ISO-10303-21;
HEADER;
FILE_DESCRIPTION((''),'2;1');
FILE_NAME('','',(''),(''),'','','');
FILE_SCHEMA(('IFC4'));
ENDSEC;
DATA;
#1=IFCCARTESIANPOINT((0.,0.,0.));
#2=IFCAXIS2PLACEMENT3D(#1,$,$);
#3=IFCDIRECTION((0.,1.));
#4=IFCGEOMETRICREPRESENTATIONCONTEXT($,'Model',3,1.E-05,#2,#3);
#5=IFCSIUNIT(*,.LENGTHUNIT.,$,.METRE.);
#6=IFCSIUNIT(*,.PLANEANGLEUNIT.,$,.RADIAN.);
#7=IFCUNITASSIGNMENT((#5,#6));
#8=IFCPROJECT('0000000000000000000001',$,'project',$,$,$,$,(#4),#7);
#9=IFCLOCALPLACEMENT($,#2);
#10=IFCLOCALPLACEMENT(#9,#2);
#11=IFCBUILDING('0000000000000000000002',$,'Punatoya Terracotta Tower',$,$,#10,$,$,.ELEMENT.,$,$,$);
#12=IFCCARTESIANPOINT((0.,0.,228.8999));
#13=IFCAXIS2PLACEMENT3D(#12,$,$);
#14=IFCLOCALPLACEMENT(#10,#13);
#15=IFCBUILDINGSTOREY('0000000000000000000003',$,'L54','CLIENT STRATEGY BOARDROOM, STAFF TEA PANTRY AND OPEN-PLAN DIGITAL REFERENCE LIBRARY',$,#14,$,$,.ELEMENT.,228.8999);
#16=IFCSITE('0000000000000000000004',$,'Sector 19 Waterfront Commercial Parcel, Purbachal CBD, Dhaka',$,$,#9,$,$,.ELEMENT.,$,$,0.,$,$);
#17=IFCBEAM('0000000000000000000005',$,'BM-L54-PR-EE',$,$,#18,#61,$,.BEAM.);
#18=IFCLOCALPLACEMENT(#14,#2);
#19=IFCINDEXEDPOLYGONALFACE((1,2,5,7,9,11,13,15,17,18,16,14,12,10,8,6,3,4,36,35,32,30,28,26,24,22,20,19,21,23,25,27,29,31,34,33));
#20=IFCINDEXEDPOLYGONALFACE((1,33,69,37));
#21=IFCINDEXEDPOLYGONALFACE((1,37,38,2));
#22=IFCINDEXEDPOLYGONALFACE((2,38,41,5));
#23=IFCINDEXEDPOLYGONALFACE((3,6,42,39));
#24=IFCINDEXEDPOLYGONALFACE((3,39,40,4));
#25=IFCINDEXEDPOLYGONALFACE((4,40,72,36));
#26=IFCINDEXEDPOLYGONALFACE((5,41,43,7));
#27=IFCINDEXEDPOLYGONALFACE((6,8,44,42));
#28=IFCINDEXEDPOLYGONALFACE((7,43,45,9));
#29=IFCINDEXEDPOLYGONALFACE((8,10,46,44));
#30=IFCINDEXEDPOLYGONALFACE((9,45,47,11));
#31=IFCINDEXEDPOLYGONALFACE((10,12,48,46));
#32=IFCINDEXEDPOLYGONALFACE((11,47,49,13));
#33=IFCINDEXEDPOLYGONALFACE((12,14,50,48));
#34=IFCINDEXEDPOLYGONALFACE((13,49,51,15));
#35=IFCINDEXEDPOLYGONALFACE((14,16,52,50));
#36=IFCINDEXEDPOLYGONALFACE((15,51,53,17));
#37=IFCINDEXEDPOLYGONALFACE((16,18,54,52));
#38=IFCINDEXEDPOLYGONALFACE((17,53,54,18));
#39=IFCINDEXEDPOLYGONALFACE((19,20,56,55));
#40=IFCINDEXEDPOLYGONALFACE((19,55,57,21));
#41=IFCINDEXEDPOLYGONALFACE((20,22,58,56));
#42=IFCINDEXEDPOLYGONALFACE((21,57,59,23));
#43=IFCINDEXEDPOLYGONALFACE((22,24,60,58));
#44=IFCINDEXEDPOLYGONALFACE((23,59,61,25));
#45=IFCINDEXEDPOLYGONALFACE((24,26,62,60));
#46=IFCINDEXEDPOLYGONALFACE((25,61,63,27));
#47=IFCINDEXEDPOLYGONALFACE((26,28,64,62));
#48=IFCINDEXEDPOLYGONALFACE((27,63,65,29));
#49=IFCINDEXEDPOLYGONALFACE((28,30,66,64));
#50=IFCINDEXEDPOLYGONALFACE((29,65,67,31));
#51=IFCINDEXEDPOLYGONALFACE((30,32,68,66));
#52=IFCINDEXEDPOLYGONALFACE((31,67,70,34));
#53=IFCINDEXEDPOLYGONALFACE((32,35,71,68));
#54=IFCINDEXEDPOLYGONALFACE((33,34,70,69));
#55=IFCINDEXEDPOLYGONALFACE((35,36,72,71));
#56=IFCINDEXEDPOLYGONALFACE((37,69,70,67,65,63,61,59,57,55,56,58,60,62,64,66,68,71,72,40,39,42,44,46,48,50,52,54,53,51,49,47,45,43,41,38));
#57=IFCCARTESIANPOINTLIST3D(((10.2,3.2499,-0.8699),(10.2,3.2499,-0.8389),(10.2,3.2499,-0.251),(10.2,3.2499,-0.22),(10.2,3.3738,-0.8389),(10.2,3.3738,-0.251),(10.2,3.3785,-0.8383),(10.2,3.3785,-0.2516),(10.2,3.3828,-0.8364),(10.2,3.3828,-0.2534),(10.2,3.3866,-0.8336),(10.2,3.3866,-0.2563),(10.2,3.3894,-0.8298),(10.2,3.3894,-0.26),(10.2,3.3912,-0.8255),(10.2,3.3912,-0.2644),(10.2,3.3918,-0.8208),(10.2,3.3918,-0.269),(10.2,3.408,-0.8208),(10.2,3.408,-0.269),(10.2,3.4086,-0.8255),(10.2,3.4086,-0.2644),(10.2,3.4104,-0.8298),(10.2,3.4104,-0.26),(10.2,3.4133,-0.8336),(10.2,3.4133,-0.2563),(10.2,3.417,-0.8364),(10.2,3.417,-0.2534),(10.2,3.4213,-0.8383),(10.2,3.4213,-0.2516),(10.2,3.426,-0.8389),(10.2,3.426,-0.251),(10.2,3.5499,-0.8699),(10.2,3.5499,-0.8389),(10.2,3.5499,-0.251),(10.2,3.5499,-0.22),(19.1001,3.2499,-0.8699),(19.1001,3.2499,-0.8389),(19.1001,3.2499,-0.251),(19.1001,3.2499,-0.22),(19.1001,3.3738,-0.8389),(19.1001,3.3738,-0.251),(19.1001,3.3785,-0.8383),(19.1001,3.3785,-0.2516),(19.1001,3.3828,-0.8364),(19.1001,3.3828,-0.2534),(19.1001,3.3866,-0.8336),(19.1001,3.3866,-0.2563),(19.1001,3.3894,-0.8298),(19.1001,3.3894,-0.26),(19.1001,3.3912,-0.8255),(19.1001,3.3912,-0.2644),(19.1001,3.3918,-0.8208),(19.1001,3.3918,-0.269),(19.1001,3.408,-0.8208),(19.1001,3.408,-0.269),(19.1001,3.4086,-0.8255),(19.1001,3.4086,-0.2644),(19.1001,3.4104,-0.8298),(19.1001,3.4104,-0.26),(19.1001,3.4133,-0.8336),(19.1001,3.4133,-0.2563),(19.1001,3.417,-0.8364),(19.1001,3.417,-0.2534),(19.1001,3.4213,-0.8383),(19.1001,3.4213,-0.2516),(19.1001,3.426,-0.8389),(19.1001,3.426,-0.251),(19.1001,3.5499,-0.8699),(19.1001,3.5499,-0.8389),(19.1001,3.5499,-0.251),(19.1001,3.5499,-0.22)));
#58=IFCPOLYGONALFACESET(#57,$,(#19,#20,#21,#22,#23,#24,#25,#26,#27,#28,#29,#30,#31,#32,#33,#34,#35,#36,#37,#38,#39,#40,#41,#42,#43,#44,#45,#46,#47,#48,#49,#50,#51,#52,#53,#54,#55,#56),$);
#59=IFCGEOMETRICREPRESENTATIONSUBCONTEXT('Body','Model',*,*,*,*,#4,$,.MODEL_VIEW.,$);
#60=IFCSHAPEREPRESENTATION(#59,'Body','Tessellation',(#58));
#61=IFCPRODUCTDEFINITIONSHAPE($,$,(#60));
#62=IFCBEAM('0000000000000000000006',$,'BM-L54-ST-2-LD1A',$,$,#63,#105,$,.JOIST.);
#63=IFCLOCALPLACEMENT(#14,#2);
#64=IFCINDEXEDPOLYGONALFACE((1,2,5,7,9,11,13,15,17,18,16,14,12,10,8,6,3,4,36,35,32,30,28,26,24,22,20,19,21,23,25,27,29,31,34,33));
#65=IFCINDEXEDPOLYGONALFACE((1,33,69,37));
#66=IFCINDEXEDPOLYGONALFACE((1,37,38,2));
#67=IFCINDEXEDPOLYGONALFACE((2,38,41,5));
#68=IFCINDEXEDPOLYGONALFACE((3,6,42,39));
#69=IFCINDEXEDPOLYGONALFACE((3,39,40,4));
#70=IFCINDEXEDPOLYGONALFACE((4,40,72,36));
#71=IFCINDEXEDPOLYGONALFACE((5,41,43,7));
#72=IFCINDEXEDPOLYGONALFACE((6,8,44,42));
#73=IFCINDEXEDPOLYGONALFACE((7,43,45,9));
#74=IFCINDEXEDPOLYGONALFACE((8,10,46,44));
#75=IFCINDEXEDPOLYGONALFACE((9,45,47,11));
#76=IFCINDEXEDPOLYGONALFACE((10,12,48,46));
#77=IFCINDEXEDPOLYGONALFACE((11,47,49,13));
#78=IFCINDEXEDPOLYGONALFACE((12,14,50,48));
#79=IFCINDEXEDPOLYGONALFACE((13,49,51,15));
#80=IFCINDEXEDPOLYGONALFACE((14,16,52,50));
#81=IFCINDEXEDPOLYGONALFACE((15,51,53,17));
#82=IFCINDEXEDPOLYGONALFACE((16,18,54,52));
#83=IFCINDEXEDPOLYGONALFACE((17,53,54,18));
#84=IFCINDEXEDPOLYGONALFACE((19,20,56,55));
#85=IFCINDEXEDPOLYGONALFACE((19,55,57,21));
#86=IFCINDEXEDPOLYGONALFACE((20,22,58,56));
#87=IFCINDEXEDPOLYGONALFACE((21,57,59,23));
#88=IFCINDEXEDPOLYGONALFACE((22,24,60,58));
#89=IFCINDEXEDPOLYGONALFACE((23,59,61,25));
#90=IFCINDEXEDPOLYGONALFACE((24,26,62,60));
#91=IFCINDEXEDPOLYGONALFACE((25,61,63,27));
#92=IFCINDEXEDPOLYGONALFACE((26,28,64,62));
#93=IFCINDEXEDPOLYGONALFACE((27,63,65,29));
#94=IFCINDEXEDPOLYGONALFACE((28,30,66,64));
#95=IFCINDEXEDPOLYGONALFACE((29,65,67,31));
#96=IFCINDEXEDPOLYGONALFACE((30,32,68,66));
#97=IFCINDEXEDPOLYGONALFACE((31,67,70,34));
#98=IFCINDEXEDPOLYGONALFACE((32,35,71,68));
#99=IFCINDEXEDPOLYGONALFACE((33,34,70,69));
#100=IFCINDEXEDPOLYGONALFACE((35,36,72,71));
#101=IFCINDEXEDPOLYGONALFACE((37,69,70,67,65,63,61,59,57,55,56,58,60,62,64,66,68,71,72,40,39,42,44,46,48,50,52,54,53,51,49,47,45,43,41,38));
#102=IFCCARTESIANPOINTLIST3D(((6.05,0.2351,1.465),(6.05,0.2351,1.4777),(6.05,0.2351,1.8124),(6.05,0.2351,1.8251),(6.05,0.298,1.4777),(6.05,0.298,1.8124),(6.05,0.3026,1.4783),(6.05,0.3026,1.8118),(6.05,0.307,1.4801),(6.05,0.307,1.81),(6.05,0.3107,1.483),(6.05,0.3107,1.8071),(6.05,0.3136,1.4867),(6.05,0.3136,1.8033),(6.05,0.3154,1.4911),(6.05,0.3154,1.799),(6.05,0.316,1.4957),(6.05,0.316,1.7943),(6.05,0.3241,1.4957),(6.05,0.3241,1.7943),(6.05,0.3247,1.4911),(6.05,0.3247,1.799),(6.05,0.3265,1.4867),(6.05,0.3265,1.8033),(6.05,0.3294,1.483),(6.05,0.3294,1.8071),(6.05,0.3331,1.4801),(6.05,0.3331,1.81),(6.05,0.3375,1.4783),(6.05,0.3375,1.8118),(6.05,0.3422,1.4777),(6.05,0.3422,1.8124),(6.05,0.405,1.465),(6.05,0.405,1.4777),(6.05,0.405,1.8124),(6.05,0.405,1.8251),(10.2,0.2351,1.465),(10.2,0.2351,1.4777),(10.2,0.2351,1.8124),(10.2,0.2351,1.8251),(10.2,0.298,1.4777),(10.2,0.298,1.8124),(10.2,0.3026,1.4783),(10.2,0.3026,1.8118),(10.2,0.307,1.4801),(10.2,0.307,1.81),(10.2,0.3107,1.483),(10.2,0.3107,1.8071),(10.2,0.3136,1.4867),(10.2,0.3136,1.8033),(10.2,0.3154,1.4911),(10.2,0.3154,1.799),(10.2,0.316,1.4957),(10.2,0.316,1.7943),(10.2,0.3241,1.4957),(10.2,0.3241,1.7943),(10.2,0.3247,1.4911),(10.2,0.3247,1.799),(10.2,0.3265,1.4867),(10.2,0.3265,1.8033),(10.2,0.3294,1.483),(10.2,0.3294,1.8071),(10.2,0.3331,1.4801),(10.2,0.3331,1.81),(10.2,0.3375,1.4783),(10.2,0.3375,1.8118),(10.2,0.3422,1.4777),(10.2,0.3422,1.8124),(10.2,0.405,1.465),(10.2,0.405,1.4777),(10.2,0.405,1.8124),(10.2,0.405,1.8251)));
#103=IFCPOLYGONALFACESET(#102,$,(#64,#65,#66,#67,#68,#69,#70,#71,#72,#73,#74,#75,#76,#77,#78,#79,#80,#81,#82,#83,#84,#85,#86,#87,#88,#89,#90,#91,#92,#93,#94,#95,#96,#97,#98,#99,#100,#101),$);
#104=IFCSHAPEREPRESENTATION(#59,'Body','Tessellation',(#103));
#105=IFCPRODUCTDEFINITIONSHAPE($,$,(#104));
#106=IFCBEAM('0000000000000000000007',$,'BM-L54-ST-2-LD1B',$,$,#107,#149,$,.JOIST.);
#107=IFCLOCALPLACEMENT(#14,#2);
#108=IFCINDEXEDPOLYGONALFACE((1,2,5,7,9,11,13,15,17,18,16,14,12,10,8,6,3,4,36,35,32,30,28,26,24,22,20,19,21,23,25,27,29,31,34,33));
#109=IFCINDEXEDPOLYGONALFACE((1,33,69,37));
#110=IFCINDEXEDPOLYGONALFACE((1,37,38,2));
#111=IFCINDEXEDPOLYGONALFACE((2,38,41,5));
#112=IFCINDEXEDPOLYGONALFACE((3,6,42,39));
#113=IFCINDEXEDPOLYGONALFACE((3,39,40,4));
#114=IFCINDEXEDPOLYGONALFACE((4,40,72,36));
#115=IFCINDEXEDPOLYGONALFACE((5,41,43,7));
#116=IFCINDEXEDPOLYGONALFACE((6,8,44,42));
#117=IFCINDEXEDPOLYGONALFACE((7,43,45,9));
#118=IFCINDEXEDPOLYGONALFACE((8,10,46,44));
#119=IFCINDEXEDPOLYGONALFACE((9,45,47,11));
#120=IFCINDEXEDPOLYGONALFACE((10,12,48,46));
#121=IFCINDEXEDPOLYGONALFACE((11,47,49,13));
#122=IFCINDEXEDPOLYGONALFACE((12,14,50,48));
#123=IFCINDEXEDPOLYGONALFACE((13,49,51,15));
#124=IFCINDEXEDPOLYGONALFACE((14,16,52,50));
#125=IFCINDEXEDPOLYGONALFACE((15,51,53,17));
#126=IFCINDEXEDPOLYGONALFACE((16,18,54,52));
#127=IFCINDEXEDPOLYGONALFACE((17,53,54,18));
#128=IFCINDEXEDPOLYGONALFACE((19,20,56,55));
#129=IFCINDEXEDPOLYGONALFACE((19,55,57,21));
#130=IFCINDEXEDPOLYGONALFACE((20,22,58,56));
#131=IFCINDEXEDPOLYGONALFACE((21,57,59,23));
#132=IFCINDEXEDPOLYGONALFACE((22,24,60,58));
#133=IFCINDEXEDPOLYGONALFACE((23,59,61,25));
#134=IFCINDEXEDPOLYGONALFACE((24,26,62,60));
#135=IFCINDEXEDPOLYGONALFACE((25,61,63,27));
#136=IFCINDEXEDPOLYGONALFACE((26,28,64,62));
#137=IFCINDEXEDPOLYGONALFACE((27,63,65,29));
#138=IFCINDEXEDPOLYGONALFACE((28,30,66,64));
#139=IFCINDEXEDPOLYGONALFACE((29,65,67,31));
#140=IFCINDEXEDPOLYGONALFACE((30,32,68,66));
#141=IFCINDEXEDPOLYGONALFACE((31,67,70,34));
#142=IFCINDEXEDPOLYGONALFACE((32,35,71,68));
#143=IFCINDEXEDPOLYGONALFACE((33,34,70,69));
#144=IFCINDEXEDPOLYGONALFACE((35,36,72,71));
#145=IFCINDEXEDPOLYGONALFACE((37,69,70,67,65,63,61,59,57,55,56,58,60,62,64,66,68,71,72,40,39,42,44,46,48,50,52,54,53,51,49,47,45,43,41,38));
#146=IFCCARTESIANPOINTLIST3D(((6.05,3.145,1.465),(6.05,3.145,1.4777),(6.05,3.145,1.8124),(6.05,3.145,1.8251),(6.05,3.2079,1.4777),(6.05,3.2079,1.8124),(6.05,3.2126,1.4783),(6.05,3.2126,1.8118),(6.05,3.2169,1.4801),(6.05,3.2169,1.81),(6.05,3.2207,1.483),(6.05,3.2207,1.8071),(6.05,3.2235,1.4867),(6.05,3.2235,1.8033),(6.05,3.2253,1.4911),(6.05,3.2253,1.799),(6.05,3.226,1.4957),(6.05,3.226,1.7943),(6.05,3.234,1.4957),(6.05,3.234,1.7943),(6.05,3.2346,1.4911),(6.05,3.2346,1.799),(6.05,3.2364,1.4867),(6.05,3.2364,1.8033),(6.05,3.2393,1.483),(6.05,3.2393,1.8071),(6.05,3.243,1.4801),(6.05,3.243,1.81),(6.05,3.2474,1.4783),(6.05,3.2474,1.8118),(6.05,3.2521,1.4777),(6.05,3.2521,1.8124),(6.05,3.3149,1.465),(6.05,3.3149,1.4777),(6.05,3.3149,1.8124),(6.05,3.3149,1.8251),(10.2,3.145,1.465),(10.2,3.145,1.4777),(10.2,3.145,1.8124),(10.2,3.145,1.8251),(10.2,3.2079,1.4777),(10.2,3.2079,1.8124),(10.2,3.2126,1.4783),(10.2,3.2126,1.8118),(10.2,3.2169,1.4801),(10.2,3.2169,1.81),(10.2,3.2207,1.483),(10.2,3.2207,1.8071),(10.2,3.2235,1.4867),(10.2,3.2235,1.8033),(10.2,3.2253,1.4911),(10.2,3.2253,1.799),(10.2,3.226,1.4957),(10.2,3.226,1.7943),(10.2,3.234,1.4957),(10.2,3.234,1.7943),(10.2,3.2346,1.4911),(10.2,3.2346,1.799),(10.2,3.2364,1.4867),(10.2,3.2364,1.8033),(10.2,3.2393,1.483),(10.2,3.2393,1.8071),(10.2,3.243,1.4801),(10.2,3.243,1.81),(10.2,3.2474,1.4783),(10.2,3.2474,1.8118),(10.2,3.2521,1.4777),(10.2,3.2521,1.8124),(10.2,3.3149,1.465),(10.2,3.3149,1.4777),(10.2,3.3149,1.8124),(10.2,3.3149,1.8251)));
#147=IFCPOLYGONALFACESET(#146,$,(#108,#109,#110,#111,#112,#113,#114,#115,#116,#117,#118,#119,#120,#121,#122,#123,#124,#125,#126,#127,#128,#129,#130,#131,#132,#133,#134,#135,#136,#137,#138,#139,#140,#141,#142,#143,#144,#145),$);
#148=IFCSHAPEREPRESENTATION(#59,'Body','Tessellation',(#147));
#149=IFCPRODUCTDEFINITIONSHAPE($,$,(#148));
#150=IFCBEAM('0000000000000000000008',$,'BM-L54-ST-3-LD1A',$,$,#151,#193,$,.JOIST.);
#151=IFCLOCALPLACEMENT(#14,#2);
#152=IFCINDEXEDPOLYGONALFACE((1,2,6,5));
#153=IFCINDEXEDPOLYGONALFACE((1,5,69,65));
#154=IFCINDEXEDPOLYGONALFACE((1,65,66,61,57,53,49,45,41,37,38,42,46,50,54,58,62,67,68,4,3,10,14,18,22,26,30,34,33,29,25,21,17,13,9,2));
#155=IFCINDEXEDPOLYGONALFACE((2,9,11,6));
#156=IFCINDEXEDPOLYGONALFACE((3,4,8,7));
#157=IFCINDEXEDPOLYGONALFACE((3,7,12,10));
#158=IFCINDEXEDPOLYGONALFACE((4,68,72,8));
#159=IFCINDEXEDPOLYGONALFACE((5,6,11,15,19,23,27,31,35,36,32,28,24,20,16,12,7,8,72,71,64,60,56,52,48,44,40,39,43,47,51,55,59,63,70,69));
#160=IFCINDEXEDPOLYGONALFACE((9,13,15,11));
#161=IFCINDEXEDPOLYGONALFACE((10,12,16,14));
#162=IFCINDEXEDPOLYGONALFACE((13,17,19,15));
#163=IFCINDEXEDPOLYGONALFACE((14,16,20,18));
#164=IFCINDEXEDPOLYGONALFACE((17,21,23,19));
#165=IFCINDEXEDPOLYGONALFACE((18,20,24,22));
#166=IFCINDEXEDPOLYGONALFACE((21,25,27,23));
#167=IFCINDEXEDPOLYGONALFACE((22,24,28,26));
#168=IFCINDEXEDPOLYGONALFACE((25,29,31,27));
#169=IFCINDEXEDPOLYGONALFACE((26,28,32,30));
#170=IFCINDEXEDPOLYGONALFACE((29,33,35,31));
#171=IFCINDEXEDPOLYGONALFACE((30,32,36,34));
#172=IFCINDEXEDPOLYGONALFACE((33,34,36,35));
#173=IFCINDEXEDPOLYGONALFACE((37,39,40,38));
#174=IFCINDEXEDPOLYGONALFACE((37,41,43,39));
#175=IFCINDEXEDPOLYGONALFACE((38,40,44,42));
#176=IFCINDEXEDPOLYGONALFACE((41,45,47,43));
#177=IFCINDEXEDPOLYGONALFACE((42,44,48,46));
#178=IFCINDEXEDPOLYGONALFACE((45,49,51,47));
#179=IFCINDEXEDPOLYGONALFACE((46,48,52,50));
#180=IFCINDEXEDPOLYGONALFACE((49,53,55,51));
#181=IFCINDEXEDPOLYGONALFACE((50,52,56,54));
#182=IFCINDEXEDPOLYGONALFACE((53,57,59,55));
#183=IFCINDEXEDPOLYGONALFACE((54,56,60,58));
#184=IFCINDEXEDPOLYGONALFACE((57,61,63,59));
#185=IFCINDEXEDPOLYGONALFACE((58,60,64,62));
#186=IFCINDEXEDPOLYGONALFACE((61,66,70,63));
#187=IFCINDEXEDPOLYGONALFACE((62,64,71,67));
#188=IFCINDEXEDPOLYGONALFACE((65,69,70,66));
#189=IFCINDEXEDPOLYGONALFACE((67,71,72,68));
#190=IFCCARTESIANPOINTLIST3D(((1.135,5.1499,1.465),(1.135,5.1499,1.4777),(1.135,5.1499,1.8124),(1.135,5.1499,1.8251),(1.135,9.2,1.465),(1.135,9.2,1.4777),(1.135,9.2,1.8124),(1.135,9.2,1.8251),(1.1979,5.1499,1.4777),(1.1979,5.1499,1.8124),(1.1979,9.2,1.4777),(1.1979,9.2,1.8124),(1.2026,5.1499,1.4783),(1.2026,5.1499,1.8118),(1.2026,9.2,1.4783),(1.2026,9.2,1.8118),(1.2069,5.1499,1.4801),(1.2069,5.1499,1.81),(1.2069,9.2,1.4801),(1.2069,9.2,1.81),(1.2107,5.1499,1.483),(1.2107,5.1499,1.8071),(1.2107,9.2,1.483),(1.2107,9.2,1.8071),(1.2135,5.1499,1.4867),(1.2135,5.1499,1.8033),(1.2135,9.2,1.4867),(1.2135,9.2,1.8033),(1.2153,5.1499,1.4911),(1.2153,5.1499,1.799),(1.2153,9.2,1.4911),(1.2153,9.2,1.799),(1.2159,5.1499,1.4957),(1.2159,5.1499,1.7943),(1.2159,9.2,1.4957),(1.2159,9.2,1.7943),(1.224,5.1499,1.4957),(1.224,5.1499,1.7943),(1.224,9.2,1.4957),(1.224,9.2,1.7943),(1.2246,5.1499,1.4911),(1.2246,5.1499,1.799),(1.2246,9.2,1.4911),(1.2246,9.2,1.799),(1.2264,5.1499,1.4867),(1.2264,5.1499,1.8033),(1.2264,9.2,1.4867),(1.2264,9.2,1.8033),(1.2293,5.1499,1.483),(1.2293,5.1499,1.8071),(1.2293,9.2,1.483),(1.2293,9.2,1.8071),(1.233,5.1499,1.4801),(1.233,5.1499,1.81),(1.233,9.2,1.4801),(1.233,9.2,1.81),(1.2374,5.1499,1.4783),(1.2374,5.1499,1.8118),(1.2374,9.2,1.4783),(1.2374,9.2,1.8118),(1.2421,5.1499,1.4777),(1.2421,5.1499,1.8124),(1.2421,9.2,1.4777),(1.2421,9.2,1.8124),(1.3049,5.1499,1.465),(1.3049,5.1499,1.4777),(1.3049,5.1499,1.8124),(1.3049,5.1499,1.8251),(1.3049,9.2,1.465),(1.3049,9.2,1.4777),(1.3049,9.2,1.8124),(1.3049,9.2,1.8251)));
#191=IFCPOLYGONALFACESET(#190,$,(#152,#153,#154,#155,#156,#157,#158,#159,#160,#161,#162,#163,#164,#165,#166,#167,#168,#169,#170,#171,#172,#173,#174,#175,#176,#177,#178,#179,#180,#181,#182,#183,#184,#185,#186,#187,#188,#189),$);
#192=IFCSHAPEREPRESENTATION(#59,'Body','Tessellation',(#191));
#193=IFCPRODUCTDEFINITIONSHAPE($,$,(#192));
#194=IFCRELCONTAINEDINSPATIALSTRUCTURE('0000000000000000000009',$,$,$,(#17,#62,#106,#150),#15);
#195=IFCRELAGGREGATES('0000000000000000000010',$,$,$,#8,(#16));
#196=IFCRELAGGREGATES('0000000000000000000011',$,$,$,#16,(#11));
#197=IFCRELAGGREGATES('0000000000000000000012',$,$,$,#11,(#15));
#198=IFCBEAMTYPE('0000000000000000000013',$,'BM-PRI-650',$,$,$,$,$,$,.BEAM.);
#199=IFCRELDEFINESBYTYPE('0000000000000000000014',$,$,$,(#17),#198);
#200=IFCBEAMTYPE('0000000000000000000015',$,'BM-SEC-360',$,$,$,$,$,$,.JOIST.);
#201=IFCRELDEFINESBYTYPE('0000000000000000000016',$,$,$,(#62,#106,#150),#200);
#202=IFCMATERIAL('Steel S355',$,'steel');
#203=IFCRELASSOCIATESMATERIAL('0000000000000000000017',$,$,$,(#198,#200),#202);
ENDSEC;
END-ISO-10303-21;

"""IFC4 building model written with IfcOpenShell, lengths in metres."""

from ifc_helpers import new_model, si_unit, direction, frame, origin, origin_2d, place, context, subcontext, project, spatial, i_section, extrude, material, material_profile, profile_set, type_object, element, save


model = new_model("IFC4")

# Units and contexts
model_context = context("Model", 3, precision=1e-05, world=origin(), true_north=direction((0.0, 1.0)))
body_context = subcontext(model_context, "Body", "Model", "MODEL_VIEW")
ifc_project = project(units=[si_unit("LENGTHUNIT", "METRE"), si_unit("PLANEANGLEUNIT", "RADIAN")], contexts=[model_context])

# Site, building, storey
site_placement = place(None, origin())
site = spatial("IfcSite", under=ifc_project, at=site_placement, Name="Sector 19 Waterfront Commercial Parcel, Purbachal CBD, Dhaka", CompositionType="ELEMENT", RefElevation=0.0)
building_placement = place(site_placement, origin())
building = spatial("IfcBuilding", under=site, at=building_placement, Name="Punatoya Terracotta Tower", CompositionType="ELEMENT")
storey_placement = place(building_placement, frame((0.0, 0.0, 228.8999)))
storey = spatial("IfcBuildingStorey", under=building, at=storey_placement, Name="L54", Description="CLIENT STRATEGY BOARDROOM, STAFF TEA PANTRY AND OPEN-PLAN DIGITAL REFERENCE LIBRARY", CompositionType="ELEMENT", Elevation=228.8999)

# Beams
ifc_material_1 = material(Name="Steel S355", Category="steel")
ifc_material_profile_1 = material_profile(ifc_material_1, i_section(OverallWidth=0.3, OverallDepth=0.6499, WebThickness=0.0161, FlangeThickness=0.031, FilletRadius=0.0181, at=origin_2d()))
ifc_profile_set_1 = profile_set([ifc_material_profile_1], Name="Steel S355")
beam_type_1 = type_object("IfcBeamType", Name="BM-PRI-650", PredefinedType="BEAM", material=ifc_profile_set_1)
beam_placement = place(storey_placement, frame((10.2, 3.3999, -0.5449), z_axis=(1.0, 0.0, 0.0), x_axis=(0.0, 1.0, 0.0)))
element("IfcBeam", 1, at=beam_placement, inside=storey, type_object=beam_type_1, Name="BM-L54-PR-EE", PredefinedType="BEAM", context=body_context, shape_type="SweptSolid", body=[
    extrude(i_section(OverallWidth=0.3, OverallDepth=0.6499, WebThickness=0.0161, FlangeThickness=0.031, FilletRadius=0.0181, at=origin_2d()), origin(), (0.0, 0.0, 1.0), 8.9001),
])
ifc_material_profile_2 = material_profile(ifc_material_1, i_section(OverallWidth=0.1699, OverallDepth=0.3601, WebThickness=0.0081, FlangeThickness=0.0127, FilletRadius=0.0181, at=origin_2d()))
ifc_profile_set_2 = profile_set([ifc_material_profile_2], Name="Steel S355")
beam_type_2 = type_object("IfcBeamType", Name="BM-SEC-360", PredefinedType="JOIST", material=ifc_profile_set_2)
for number, where, z_axis, x_axis, name in (
    (2, (6.05, 0.3201, 1.645), (1.0, 0.0, 0.0), (0.0, 1.0, 0.0), "BM-L54-ST-2-LD1A"),
    (3, (6.05, 3.23, 1.645), (1.0, 0.0, 0.0), (0.0, 1.0, 0.0), "BM-L54-ST-2-LD1B"),
):
    element("IfcBeam", number, at=place(storey_placement, frame(where, z_axis=z_axis, x_axis=x_axis)), inside=storey, type_object=beam_type_2, Name=name, PredefinedType="JOIST", context=body_context, shape_type="SweptSolid", body=[
        extrude(i_section(OverallWidth=0.1699, OverallDepth=0.3601, WebThickness=0.0081, FlangeThickness=0.0127, FilletRadius=0.0181, at=origin_2d()), origin(), (0.0, 0.0, 1.0), 4.1499),
    ])
for number, where, z_axis, x_axis, name in (
    (4, (1.22, 5.1499, 1.645), (0.0, 1.0, 0.0), (-1.0, 0.0, 0.0), "BM-L54-ST-3-LD1A"),
):
    element("IfcBeam", number, at=place(storey_placement, frame(where, z_axis=z_axis, x_axis=x_axis)), inside=storey, type_object=beam_type_2, Name=name, PredefinedType="JOIST", context=body_context, shape_type="SweptSolid", body=[
        extrude(i_section(OverallWidth=0.1699, OverallDepth=0.3601, WebThickness=0.0081, FlangeThickness=0.0127, FilletRadius=0.0181, at=origin_2d()), origin(), (0.0, 0.0, 1.0), 4.05),
    ])

save(model, "model.ifc")
